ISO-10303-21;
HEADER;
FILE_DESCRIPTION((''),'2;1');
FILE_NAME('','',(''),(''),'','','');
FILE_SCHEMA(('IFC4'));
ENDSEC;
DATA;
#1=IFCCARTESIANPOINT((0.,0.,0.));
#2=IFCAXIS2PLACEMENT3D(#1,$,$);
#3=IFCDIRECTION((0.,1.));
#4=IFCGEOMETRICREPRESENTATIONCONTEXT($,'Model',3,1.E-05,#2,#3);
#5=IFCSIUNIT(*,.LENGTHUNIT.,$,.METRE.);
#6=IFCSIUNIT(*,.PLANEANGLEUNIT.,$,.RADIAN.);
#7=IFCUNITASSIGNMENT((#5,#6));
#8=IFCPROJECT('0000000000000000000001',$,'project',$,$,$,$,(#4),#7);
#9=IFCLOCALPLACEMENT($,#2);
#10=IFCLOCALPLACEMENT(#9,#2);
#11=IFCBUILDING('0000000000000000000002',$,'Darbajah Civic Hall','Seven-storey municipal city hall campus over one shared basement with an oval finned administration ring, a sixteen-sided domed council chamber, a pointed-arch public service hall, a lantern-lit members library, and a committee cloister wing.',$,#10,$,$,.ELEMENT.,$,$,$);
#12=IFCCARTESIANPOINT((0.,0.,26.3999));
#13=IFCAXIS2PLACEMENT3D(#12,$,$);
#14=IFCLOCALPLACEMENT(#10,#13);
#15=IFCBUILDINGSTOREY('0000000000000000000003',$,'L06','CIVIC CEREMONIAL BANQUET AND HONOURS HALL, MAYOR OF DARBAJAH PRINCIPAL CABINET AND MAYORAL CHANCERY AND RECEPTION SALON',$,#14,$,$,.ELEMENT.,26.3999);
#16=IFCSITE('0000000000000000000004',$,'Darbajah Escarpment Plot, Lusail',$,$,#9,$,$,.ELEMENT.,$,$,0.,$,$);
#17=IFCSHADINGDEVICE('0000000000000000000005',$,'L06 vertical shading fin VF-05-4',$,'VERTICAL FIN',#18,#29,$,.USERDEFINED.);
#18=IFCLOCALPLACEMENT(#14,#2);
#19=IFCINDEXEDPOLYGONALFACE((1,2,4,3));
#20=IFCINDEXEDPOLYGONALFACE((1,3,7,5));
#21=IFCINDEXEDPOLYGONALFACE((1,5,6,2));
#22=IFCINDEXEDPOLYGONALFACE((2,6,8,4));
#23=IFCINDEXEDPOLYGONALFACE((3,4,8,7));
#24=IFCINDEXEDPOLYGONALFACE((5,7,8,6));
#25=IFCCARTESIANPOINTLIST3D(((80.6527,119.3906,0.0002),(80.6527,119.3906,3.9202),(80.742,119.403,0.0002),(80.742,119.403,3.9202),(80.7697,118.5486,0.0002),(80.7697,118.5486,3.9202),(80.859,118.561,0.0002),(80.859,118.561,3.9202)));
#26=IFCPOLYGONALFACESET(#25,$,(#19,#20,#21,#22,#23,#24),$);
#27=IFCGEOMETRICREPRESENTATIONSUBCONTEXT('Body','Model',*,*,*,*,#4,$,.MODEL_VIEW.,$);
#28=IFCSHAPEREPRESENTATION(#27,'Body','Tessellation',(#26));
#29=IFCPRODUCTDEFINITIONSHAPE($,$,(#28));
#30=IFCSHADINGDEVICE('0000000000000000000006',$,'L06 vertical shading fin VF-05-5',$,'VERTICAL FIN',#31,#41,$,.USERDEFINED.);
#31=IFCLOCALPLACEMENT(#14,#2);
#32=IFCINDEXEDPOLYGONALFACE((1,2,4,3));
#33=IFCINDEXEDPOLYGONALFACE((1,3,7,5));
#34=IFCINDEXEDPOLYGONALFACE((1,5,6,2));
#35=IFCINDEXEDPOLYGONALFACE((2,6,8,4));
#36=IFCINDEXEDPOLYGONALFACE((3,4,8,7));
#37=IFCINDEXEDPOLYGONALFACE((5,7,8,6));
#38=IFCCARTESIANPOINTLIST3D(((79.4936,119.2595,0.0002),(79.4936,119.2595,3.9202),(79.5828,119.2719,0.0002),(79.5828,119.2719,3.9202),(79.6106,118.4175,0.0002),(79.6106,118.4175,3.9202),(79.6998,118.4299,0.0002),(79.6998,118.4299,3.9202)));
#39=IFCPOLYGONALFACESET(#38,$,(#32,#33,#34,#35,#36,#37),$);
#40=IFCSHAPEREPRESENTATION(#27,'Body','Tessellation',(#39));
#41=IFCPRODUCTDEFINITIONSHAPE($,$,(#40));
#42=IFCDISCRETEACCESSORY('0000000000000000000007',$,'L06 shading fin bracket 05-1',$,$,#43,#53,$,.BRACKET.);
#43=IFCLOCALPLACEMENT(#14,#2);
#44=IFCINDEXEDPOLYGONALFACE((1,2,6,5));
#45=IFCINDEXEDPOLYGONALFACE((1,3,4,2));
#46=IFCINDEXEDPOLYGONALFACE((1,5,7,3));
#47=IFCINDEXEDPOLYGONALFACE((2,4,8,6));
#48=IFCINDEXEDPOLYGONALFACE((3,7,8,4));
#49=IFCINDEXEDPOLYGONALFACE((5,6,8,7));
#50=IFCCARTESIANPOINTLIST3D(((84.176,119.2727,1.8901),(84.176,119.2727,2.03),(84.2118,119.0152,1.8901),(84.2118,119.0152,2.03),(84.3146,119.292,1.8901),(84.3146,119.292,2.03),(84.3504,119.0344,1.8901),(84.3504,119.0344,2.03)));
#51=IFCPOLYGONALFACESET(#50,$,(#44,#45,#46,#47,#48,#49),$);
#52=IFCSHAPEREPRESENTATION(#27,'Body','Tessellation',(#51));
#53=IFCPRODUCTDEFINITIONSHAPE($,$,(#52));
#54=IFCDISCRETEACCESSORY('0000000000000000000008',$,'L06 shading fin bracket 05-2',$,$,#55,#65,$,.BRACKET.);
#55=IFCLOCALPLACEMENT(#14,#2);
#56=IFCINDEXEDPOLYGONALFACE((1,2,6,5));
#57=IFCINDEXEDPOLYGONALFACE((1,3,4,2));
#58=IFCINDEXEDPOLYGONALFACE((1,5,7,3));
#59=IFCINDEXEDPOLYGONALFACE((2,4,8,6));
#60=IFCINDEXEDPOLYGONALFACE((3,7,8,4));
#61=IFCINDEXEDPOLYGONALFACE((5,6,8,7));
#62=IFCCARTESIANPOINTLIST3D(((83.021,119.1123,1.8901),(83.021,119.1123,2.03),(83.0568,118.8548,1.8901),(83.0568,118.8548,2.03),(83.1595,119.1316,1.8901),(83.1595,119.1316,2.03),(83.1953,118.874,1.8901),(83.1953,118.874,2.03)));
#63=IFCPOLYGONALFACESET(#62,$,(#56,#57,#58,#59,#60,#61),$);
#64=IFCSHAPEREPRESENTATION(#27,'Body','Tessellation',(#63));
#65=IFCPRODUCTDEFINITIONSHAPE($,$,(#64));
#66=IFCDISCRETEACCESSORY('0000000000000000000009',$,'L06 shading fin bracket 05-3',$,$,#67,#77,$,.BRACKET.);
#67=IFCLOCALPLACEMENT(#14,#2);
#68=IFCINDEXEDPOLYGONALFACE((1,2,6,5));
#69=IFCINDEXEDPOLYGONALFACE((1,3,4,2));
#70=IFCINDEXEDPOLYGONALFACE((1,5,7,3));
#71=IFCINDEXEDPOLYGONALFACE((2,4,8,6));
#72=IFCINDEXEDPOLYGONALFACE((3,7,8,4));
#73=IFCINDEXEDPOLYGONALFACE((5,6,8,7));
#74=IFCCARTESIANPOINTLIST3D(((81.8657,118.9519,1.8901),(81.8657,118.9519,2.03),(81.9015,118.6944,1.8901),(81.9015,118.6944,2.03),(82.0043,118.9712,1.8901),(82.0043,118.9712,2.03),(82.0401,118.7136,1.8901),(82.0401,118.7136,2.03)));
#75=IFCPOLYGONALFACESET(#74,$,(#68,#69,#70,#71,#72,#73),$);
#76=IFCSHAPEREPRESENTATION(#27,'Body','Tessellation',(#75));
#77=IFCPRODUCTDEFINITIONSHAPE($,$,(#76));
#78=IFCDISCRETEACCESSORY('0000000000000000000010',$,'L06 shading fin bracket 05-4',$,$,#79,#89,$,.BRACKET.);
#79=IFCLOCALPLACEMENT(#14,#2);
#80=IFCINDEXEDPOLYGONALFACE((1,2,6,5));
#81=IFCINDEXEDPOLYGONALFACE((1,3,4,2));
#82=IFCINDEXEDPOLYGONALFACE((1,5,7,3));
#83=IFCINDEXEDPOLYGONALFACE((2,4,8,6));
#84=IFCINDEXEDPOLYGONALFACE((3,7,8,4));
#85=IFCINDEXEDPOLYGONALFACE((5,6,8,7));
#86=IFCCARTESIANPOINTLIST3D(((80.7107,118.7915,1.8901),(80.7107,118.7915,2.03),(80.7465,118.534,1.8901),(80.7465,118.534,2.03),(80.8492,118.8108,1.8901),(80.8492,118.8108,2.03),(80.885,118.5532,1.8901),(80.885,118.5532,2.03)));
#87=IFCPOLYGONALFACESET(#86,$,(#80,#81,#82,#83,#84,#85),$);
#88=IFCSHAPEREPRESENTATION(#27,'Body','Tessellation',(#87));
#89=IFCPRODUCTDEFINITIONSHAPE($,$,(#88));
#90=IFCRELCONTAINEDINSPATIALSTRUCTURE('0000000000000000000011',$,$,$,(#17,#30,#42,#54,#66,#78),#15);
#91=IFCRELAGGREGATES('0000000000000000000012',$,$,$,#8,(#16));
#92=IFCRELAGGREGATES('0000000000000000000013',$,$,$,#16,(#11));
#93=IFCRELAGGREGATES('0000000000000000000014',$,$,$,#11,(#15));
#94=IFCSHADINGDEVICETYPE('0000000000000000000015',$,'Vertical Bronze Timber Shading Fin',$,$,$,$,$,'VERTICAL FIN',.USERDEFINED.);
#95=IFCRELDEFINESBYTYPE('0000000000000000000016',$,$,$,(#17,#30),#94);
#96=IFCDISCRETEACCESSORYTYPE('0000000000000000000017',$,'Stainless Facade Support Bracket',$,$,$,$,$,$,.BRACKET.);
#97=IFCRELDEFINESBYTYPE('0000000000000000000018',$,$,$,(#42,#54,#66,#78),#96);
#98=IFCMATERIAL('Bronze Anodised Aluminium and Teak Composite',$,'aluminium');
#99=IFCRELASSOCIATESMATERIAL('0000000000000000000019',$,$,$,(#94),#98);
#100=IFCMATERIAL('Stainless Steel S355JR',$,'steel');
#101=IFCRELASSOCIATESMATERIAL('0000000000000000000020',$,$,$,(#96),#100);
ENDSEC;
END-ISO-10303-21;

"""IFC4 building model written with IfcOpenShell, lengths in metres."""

from ifc_helpers import new_model, si_unit, direction, frame, origin, origin_2d, place, context, subcontext, project, spatial, rectangle, extrude, material, type_object, element, save


model = new_model("IFC4")

# Units and contexts
model_context = context("Model", 3, precision=1e-05, world=origin(), true_north=direction((0.0, 1.0)))
body_context = subcontext(model_context, "Body", "Model", "MODEL_VIEW")
ifc_project = project(units=[si_unit("LENGTHUNIT", "METRE"), si_unit("PLANEANGLEUNIT", "RADIAN")], contexts=[model_context])

# Site, building, storey
site_placement = place(None, origin())
site = spatial("IfcSite", under=ifc_project, at=site_placement, Name="Darbajah Escarpment Plot, Lusail", CompositionType="ELEMENT", RefElevation=0.0)
building_placement = place(site_placement, origin())
building = spatial("IfcBuilding", under=site, at=building_placement, Name="Darbajah Civic Hall", Description="Seven-storey municipal city hall campus over one shared basement with an oval finned administration ring, a sixteen-sided domed council chamber, a pointed-arch public service hall, a lantern-lit members library, and a committee cloister wing.", CompositionType="ELEMENT")
storey_placement = place(building_placement, frame((0.0, 0.0, 26.3999)))
storey = spatial("IfcBuildingStorey", under=building, at=storey_placement, Name="L06", Description="CIVIC CEREMONIAL BANQUET AND HONOURS HALL, MAYOR OF DARBAJAH PRINCIPAL CABINET AND MAYORAL CHANCERY AND RECEPTION SALON", CompositionType="ELEMENT", Elevation=26.3999)

# Shading devices
ifc_material_1 = material(Name="Bronze Anodised Aluminium and Teak Composite", Category="aluminium")
shading_device_type = type_object("IfcShadingDeviceType", Name="Vertical Bronze Timber Shading Fin", ElementType="VERTICAL FIN", PredefinedType="USERDEFINED", material=ifc_material_1)
for number, where, z_axis, x_axis, name in (
    (1, (80.7559, 118.9758, 0.0002), (0.0, 0.0, 1.0), (-0.137617, 0.990485, 0.0), "L06 vertical shading fin VF-05-4"),
    (2, (79.5967, 118.8447, 0.0002), (0.0, 0.0, 1.0), (-0.137617, 0.990485, 0.0), "L06 vertical shading fin VF-05-5"),
):
    element("IfcShadingDevice", number, at=place(storey_placement, frame(where, z_axis=z_axis, x_axis=x_axis)), inside=storey, type_object=shading_device_type, Name=name, ObjectType="VERTICAL FIN", PredefinedType="USERDEFINED", context=body_context, shape_type="SweptSolid", body=[
        extrude(rectangle(XDim=0.8501, YDim=0.0901, at=origin_2d()), origin(), (0.0, 0.0, 1.0), 3.9199),
    ])

# Discrete accessories
ifc_material_2 = material(Name="Stainless Steel S355JR", Category="steel")
discrete_accessory_type = type_object("IfcDiscreteAccessoryType", Name="Stainless Facade Support Bracket", PredefinedType="BRACKET", material=ifc_material_2)
for number, where, z_axis, x_axis, name in (
    (3, (84.2632, 119.1536, 1.8901), (0.0, 0.0, 1.0), (-0.137617, 0.990485, 0.0), "L06 shading fin bracket 05-1"),
    (4, (83.1082, 118.9932, 1.8901), (0.0, 0.0, 1.0), (-0.137617, 0.990485, 0.0), "L06 shading fin bracket 05-2"),
    (5, (81.9529, 118.8328, 1.8901), (0.0, 0.0, 1.0), (-0.137617, 0.990485, 0.0), "L06 shading fin bracket 05-3"),
    (6, (80.7979, 118.6724, 1.8901), (0.0, 0.0, 1.0), (-0.137617, 0.990485, 0.0), "L06 shading fin bracket 05-4"),
):
    element("IfcDiscreteAccessory", number, at=place(storey_placement, frame(where, z_axis=z_axis, x_axis=x_axis)), inside=storey, type_object=discrete_accessory_type, Name=name, PredefinedType="BRACKET", context=body_context, shape_type="SweptSolid", body=[
        extrude(rectangle(XDim=0.26, YDim=0.1399, at=origin_2d()), origin(), (0.0, 0.0, 1.0), 0.1399),
    ])

save(model, "model.ifc")
